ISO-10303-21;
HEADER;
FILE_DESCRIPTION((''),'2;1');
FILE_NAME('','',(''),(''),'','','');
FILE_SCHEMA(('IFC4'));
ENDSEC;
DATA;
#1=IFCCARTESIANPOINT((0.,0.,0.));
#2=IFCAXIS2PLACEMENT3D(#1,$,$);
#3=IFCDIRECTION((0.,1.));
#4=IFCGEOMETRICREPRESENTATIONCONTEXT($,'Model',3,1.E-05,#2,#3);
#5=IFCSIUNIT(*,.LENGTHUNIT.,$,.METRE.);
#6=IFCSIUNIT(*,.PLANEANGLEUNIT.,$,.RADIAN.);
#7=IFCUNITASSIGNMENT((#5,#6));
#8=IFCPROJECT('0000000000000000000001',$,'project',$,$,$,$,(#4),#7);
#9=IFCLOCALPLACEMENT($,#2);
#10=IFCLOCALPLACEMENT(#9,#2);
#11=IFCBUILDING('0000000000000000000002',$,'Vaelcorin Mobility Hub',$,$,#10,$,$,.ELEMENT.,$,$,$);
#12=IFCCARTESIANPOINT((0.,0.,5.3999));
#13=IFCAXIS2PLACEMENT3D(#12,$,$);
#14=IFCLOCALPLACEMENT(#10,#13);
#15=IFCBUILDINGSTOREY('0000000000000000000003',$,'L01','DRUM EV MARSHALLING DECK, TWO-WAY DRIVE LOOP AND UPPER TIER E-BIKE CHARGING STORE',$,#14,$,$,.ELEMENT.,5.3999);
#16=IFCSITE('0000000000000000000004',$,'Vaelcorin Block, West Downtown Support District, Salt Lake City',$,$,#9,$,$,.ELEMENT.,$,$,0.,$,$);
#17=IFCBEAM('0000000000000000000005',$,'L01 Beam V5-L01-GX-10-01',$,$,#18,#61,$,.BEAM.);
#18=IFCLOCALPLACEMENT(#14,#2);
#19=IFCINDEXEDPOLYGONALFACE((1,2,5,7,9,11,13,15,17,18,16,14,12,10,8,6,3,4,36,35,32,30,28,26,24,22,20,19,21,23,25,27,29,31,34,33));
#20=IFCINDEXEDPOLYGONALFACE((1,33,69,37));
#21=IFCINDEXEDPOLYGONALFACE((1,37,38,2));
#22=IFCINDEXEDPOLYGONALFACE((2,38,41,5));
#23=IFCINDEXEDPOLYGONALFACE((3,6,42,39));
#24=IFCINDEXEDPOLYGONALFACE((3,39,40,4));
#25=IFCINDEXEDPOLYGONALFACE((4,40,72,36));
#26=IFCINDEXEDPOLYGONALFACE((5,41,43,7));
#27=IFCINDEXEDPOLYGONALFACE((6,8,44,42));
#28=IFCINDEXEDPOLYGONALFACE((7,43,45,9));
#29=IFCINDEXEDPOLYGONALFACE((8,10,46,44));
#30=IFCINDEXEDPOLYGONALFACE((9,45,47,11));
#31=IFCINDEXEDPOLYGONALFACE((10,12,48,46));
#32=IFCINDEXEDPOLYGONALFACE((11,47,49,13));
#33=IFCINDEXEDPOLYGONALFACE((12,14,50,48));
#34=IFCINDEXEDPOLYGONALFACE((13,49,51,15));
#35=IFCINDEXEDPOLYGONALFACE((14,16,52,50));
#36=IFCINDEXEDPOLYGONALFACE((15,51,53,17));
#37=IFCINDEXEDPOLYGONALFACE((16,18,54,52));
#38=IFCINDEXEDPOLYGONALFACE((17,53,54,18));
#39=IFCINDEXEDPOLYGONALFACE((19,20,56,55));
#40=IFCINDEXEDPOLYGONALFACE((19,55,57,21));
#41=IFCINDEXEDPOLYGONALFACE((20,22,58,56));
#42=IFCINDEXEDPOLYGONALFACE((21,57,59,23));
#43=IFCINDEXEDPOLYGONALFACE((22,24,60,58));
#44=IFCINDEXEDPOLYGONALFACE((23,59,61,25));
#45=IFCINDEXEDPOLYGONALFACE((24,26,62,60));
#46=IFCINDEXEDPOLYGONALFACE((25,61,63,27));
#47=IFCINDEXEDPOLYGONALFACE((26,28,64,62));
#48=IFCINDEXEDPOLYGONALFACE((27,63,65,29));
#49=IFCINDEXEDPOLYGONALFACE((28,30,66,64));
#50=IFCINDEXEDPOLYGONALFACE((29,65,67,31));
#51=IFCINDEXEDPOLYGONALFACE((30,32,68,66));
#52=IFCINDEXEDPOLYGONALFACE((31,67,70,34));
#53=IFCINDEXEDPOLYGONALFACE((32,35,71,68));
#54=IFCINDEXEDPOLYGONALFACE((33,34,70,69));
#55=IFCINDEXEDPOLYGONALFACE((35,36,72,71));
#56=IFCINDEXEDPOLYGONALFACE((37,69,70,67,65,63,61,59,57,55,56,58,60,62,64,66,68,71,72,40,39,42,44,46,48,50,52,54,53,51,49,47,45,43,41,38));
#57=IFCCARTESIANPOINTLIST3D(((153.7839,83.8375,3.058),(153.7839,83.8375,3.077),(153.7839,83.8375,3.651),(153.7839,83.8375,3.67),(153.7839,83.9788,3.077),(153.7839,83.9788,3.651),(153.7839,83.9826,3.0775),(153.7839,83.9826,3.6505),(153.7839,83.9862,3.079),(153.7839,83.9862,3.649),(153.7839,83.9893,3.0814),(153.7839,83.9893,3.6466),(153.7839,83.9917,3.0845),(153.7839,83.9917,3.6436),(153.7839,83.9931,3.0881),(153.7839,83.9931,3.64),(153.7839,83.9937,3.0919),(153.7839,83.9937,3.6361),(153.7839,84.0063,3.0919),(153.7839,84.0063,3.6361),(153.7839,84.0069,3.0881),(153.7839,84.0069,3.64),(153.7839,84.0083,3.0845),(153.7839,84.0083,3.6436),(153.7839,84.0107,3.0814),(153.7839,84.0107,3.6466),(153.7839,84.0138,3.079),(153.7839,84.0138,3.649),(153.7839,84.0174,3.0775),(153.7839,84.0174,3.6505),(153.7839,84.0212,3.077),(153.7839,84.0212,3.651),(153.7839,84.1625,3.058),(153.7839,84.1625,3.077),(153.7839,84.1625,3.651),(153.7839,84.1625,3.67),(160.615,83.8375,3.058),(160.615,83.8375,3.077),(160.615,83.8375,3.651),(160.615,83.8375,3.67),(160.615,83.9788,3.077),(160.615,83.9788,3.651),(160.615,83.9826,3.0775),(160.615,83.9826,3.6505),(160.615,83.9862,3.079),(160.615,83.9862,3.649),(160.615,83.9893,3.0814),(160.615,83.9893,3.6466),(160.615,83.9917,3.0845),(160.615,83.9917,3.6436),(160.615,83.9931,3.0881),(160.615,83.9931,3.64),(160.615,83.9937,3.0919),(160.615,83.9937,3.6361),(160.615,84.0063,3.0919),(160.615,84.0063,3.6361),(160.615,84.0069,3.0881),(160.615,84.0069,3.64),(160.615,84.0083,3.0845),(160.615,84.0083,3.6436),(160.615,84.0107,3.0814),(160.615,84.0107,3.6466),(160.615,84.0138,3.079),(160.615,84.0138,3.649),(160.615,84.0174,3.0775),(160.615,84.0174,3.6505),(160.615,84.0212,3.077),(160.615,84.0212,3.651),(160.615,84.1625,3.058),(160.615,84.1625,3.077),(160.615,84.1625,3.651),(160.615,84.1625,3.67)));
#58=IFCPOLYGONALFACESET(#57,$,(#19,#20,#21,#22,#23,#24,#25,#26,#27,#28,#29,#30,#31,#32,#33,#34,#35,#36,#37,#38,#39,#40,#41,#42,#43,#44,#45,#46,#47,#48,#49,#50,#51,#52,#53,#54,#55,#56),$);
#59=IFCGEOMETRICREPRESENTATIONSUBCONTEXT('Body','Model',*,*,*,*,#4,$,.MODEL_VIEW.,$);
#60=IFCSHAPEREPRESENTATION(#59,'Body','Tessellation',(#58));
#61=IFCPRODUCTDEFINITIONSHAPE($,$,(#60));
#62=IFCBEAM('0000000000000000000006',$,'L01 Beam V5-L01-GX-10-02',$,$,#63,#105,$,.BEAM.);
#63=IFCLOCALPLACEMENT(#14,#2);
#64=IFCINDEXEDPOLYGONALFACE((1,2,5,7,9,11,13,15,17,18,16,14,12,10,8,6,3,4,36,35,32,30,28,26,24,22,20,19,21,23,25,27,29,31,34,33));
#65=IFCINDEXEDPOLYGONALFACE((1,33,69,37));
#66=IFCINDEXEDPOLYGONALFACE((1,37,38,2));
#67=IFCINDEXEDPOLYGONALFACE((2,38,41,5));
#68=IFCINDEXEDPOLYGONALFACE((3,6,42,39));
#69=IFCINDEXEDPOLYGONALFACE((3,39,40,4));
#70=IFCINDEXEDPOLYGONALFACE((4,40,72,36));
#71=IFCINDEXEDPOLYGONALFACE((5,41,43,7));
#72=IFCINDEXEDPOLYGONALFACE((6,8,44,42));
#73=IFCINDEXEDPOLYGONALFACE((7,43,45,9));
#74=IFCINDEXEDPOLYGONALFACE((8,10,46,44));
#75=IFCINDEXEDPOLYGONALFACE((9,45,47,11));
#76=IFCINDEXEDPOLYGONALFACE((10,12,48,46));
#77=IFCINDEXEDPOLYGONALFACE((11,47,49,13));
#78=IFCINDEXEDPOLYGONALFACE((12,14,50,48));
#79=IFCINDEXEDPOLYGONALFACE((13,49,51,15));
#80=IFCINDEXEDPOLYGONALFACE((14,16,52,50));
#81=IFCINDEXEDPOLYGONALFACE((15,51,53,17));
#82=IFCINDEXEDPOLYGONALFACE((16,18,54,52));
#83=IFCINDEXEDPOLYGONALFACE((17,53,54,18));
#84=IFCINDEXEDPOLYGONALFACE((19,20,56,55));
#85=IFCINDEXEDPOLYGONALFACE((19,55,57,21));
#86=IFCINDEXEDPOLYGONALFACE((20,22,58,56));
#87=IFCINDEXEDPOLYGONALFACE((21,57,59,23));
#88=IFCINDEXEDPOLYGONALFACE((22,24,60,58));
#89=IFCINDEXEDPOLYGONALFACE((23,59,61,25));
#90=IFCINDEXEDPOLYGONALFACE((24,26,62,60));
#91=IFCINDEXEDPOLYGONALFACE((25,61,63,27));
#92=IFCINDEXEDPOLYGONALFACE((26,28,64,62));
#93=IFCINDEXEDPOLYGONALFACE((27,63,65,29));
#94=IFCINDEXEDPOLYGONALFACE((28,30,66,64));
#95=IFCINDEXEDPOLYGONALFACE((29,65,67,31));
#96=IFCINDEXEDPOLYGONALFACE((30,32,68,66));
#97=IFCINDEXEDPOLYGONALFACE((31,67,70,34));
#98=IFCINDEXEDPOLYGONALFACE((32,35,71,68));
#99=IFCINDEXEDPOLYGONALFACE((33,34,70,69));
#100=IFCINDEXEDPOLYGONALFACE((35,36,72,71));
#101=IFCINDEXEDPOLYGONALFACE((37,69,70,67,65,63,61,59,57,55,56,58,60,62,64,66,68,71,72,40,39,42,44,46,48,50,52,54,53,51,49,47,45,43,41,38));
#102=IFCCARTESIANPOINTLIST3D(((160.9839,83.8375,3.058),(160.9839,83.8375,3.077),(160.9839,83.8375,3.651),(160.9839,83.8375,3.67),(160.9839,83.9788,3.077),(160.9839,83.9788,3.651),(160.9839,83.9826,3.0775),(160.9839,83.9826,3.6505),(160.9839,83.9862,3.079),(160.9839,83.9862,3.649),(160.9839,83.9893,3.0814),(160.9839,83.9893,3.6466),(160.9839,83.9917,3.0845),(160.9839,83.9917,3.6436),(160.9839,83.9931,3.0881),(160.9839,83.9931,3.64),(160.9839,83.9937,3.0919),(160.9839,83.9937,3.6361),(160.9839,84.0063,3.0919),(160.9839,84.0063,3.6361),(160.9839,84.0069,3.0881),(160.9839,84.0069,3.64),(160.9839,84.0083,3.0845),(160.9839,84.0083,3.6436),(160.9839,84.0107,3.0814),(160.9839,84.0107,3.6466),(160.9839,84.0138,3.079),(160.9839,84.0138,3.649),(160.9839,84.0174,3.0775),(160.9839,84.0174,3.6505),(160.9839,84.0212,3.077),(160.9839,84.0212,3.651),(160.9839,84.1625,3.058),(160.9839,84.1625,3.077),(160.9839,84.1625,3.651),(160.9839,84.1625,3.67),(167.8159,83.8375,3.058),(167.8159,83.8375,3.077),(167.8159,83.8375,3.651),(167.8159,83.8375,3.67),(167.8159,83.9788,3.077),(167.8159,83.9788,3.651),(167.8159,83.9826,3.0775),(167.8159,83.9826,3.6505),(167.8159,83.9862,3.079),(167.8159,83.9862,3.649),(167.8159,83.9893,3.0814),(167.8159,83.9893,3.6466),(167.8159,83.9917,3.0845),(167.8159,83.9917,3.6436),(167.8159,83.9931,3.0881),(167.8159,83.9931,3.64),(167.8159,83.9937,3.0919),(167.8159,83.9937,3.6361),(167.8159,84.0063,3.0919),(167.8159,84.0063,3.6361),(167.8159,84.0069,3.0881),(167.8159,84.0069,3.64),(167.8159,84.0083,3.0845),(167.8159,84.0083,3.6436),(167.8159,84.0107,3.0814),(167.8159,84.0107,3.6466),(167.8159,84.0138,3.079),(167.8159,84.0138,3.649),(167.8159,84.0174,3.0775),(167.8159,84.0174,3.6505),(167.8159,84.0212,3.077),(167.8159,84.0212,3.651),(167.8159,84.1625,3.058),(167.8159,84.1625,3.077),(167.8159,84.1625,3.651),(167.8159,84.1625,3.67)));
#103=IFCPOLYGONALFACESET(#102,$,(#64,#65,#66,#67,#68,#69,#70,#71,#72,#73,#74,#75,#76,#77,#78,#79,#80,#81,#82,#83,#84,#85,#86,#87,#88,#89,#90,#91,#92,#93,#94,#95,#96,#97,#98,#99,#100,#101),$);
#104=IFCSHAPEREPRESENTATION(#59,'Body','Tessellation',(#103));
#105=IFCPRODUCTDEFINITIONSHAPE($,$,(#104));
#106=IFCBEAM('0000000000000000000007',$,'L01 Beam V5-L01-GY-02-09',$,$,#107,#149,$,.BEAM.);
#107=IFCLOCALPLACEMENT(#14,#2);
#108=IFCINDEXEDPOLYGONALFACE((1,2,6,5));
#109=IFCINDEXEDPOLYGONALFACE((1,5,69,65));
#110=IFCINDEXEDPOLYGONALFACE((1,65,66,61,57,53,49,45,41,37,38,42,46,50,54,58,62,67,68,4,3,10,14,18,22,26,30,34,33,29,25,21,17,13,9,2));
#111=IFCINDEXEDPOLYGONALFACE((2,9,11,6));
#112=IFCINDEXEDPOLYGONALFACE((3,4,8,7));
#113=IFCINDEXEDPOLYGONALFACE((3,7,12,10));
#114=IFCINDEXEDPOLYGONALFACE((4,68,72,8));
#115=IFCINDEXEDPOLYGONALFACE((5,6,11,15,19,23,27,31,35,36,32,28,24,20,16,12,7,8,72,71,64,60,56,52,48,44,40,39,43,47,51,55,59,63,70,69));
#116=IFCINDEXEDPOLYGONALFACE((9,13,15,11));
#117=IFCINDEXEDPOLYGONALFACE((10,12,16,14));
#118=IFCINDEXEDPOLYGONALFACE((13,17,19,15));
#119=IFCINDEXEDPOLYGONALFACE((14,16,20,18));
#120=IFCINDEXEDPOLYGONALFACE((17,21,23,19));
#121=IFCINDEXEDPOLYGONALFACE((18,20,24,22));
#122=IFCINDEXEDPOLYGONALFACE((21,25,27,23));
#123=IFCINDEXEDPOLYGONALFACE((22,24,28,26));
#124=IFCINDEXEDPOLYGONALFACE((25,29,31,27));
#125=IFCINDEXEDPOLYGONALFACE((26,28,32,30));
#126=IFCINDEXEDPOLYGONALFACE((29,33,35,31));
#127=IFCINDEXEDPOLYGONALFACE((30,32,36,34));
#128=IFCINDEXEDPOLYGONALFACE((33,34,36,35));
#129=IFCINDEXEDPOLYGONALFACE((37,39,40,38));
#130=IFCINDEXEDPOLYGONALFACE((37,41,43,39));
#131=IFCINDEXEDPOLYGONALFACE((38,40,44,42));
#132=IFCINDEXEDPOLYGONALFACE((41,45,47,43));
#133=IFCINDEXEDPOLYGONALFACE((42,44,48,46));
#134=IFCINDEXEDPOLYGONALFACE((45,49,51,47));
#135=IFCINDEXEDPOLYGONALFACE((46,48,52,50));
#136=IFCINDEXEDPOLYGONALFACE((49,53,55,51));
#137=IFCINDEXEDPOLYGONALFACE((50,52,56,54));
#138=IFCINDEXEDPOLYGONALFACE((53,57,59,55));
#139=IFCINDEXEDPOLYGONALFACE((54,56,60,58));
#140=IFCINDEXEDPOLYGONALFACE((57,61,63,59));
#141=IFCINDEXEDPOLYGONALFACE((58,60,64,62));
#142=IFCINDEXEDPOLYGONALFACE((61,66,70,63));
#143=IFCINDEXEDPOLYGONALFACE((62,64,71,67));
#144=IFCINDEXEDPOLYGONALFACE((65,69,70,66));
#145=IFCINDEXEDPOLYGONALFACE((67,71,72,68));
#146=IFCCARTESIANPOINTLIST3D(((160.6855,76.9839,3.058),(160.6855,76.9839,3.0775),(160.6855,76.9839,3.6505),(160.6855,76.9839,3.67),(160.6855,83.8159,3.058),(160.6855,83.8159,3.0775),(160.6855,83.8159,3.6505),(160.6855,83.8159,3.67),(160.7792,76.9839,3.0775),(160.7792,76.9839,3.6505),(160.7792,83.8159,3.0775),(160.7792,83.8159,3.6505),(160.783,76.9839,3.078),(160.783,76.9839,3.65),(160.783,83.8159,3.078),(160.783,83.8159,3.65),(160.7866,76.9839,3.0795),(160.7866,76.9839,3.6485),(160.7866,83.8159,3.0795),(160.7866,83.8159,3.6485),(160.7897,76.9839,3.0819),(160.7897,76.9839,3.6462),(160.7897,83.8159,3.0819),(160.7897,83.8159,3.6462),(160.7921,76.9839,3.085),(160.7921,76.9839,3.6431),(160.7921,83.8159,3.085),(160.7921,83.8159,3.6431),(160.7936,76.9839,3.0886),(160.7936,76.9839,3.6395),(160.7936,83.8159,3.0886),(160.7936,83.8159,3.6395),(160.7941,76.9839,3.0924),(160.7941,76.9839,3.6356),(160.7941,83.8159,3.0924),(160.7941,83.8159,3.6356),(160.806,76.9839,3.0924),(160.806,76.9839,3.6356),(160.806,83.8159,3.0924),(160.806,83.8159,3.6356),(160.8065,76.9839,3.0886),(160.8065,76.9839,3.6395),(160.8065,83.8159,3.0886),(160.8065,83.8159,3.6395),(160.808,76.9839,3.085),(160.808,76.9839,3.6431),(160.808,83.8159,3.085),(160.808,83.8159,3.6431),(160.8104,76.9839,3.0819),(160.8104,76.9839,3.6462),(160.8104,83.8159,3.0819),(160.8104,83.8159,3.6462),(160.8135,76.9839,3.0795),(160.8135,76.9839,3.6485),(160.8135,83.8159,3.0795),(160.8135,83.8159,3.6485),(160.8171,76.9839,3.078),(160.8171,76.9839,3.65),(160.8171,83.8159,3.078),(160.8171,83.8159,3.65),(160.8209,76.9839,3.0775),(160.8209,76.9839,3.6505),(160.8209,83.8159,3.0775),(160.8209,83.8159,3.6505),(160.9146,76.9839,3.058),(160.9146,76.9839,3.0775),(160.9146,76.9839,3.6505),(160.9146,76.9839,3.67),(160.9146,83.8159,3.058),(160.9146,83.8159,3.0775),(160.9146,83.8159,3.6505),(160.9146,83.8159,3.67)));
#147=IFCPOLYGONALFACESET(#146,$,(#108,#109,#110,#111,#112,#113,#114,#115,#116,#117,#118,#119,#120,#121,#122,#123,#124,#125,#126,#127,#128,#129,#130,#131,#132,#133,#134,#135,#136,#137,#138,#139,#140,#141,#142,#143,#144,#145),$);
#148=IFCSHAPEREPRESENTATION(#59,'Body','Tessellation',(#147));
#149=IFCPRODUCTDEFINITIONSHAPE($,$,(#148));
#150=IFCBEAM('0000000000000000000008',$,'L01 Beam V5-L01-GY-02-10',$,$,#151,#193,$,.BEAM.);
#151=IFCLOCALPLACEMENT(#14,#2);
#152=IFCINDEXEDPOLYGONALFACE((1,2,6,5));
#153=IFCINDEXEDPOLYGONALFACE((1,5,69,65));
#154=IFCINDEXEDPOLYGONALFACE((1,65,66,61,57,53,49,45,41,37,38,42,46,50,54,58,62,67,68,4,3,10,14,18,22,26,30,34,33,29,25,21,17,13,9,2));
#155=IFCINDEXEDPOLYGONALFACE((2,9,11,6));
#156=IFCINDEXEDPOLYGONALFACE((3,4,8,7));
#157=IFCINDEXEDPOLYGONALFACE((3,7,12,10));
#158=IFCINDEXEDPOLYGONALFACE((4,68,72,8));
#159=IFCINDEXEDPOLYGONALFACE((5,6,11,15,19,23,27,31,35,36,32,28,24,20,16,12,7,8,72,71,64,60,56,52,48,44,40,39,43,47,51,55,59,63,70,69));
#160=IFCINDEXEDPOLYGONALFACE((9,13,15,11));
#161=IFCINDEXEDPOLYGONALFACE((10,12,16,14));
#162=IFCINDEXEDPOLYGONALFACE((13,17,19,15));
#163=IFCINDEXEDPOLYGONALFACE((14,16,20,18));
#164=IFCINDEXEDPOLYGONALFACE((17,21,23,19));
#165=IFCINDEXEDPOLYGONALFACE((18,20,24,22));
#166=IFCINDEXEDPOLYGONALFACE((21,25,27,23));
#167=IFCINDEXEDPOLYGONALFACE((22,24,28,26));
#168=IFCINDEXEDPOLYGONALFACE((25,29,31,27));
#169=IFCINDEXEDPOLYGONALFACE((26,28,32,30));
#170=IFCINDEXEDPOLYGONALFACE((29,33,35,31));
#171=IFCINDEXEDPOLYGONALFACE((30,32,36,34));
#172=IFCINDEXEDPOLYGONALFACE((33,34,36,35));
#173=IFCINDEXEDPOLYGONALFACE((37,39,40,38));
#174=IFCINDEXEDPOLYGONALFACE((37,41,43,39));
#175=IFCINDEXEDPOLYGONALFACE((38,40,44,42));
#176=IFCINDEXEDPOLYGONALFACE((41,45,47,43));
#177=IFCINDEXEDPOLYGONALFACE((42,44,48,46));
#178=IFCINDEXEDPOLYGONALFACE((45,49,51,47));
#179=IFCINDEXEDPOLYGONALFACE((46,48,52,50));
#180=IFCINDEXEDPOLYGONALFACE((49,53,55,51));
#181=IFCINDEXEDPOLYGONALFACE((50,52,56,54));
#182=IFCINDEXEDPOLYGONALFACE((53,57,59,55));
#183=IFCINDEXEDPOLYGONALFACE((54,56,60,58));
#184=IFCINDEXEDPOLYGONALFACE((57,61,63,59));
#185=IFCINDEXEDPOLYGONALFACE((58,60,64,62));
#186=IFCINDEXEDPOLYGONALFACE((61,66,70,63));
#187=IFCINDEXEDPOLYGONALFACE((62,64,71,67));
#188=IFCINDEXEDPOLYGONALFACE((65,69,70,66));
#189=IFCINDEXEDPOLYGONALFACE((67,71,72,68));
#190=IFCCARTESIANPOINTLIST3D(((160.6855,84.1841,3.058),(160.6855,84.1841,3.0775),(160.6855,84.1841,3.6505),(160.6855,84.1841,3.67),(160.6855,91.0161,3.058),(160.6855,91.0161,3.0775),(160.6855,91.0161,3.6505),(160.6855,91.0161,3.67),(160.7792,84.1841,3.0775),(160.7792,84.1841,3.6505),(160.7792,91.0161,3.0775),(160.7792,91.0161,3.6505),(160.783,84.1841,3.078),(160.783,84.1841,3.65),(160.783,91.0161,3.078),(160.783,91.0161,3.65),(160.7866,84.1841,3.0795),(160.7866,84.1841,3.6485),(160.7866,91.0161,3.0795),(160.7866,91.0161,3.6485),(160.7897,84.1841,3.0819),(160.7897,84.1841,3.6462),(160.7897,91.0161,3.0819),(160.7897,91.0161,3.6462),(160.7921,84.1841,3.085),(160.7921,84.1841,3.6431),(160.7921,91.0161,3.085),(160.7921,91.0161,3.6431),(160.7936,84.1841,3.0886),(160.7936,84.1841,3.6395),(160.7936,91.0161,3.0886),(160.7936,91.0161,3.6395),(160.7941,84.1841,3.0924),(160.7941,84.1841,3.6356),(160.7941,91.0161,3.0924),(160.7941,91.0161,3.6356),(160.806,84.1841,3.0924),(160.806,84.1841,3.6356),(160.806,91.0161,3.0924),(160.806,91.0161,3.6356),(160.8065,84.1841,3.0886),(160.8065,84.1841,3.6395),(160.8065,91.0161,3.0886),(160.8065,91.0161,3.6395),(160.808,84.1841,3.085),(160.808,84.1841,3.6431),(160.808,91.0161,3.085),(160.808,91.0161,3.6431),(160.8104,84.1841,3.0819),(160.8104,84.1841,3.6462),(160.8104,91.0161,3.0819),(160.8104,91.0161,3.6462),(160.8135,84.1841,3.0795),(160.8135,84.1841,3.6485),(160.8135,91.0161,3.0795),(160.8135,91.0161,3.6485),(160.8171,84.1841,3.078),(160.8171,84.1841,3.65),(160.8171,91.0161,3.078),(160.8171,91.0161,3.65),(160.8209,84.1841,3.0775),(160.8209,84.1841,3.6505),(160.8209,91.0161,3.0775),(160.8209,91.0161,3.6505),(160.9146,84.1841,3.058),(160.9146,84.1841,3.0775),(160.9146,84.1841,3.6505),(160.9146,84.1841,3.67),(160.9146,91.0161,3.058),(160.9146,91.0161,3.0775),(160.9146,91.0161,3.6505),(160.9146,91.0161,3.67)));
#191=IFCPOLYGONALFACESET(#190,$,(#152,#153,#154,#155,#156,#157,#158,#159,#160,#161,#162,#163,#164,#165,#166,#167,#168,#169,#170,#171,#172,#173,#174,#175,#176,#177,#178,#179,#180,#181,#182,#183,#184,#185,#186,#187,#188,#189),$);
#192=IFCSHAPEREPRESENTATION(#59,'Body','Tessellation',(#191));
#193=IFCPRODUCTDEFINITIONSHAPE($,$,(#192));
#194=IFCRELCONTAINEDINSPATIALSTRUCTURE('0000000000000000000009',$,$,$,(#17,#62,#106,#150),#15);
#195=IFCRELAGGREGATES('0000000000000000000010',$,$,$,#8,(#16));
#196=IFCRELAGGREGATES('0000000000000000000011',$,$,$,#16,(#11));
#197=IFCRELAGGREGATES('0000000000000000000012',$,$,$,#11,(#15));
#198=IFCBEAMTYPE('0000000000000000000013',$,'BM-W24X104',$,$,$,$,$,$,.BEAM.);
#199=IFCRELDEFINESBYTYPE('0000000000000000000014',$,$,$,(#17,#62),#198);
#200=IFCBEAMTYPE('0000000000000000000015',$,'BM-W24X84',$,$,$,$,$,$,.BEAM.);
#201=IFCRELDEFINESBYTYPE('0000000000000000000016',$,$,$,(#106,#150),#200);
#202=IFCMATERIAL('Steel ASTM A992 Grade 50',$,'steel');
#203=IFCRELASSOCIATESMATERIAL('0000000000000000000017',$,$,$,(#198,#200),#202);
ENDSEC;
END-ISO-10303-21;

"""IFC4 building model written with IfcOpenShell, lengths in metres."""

from ifc_helpers import new_model, si_unit, direction, frame, origin, origin_2d, place, context, subcontext, project, spatial, i_section, extrude, material, material_profile, profile_set, type_object, element, save


model = new_model("IFC4")

# Units and contexts
model_context = context("Model", 3, precision=1e-05, world=origin(), true_north=direction((0.0, 1.0)))
body_context = subcontext(model_context, "Body", "Model", "MODEL_VIEW")
ifc_project = project(units=[si_unit("LENGTHUNIT", "METRE"), si_unit("PLANEANGLEUNIT", "RADIAN")], contexts=[model_context])

# Site, building, storey
site_placement = place(None, origin())
site = spatial("IfcSite", under=ifc_project, at=site_placement, Name="Vaelcorin Block, West Downtown Support District, Salt Lake City", CompositionType="ELEMENT", RefElevation=0.0)
building_placement = place(site_placement, origin())
building = spatial("IfcBuilding", under=site, at=building_placement, Name="Vaelcorin Mobility Hub", CompositionType="ELEMENT")
storey_placement = place(building_placement, frame((0.0, 0.0, 5.3999)))
storey = spatial("IfcBuildingStorey", under=building, at=storey_placement, Name="L01", Description="DRUM EV MARSHALLING DECK, TWO-WAY DRIVE LOOP AND UPPER TIER E-BIKE CHARGING STORE", CompositionType="ELEMENT", Elevation=5.3999)

# Shared definitions
ifc_material_1 = material(Name="Steel ASTM A992 Grade 50", Category="steel")

# Beams
ifc_material_profile_1 = material_profile(ifc_material_1, i_section(OverallWidth=0.325, OverallDepth=0.6121, WebThickness=0.0127, FlangeThickness=0.019, FilletRadius=0.0149, at=origin_2d()), Name="W24X104")
ifc_profile_set_1 = profile_set([ifc_material_profile_1], Name="Steel ASTM A992 Grade 50")
beam_type_1 = type_object("IfcBeamType", Name="BM-W24X104", PredefinedType="BEAM", material=ifc_profile_set_1)
beam_1_placement = place(storey_placement, frame((153.7839, 84.0, 3.364), z_axis=(1.0, 0.0, 0.0), x_axis=(0.0, 1.0, 0.0)))
element("IfcBeam", 1, at=beam_1_placement, inside=storey, type_object=beam_type_1, Name="L01 Beam V5-L01-GX-10-01", PredefinedType="BEAM", context=body_context, shape_type="SweptSolid", body=[
    extrude(i_section(OverallWidth=0.325, OverallDepth=0.6121, WebThickness=0.0127, FlangeThickness=0.019, FilletRadius=0.0149, at=origin_2d()), origin(), (0.0, 0.0, 1.0), 6.8311),
])
beam_2_placement = place(storey_placement, frame((160.9839, 84.0, 3.364), z_axis=(1.0, 0.0, 0.0), x_axis=(0.0, 1.0, 0.0)))
element("IfcBeam", 2, at=beam_2_placement, inside=storey, type_object=beam_type_1, Name="L01 Beam V5-L01-GX-10-02", PredefinedType="BEAM", context=body_context, shape_type="SweptSolid", body=[
    extrude(i_section(OverallWidth=0.325, OverallDepth=0.6121, WebThickness=0.0127, FlangeThickness=0.019, FilletRadius=0.0149, at=origin_2d()), origin(), (0.0, 0.0, 1.0), 6.832),
])
ifc_material_profile_2 = material_profile(ifc_material_1, i_section(OverallWidth=0.229, OverallDepth=0.6121, WebThickness=0.012, FlangeThickness=0.0195, FilletRadius=0.0149, at=origin_2d()), Name="W24X84")
ifc_profile_set_2 = profile_set([ifc_material_profile_2], Name="Steel ASTM A992 Grade 50")
beam_type_2 = type_object("IfcBeamType", Name="BM-W24X84", PredefinedType="BEAM", material=ifc_profile_set_2)
for number, where, z_axis, x_axis, name in (
    (3, (160.8, 76.9839, 3.364), (0.0, 1.0, 0.0), (-1.0, 0.0, 0.0), "L01 Beam V5-L01-GY-02-09"),
    (4, (160.8, 84.1841, 3.364), (0.0, 1.0, 0.0), (-1.0, 0.0, 0.0), "L01 Beam V5-L01-GY-02-10"),
):
    element("IfcBeam", number, at=place(storey_placement, frame(where, z_axis=z_axis, x_axis=x_axis)), inside=storey, type_object=beam_type_2, Name=name, PredefinedType="BEAM", context=body_context, shape_type="SweptSolid", body=[
        extrude(i_section(OverallWidth=0.229, OverallDepth=0.6121, WebThickness=0.012, FlangeThickness=0.0195, FilletRadius=0.0149, at=origin_2d()), origin(), (0.0, 0.0, 1.0), 6.832),
    ])

save(model, "model.ifc")
